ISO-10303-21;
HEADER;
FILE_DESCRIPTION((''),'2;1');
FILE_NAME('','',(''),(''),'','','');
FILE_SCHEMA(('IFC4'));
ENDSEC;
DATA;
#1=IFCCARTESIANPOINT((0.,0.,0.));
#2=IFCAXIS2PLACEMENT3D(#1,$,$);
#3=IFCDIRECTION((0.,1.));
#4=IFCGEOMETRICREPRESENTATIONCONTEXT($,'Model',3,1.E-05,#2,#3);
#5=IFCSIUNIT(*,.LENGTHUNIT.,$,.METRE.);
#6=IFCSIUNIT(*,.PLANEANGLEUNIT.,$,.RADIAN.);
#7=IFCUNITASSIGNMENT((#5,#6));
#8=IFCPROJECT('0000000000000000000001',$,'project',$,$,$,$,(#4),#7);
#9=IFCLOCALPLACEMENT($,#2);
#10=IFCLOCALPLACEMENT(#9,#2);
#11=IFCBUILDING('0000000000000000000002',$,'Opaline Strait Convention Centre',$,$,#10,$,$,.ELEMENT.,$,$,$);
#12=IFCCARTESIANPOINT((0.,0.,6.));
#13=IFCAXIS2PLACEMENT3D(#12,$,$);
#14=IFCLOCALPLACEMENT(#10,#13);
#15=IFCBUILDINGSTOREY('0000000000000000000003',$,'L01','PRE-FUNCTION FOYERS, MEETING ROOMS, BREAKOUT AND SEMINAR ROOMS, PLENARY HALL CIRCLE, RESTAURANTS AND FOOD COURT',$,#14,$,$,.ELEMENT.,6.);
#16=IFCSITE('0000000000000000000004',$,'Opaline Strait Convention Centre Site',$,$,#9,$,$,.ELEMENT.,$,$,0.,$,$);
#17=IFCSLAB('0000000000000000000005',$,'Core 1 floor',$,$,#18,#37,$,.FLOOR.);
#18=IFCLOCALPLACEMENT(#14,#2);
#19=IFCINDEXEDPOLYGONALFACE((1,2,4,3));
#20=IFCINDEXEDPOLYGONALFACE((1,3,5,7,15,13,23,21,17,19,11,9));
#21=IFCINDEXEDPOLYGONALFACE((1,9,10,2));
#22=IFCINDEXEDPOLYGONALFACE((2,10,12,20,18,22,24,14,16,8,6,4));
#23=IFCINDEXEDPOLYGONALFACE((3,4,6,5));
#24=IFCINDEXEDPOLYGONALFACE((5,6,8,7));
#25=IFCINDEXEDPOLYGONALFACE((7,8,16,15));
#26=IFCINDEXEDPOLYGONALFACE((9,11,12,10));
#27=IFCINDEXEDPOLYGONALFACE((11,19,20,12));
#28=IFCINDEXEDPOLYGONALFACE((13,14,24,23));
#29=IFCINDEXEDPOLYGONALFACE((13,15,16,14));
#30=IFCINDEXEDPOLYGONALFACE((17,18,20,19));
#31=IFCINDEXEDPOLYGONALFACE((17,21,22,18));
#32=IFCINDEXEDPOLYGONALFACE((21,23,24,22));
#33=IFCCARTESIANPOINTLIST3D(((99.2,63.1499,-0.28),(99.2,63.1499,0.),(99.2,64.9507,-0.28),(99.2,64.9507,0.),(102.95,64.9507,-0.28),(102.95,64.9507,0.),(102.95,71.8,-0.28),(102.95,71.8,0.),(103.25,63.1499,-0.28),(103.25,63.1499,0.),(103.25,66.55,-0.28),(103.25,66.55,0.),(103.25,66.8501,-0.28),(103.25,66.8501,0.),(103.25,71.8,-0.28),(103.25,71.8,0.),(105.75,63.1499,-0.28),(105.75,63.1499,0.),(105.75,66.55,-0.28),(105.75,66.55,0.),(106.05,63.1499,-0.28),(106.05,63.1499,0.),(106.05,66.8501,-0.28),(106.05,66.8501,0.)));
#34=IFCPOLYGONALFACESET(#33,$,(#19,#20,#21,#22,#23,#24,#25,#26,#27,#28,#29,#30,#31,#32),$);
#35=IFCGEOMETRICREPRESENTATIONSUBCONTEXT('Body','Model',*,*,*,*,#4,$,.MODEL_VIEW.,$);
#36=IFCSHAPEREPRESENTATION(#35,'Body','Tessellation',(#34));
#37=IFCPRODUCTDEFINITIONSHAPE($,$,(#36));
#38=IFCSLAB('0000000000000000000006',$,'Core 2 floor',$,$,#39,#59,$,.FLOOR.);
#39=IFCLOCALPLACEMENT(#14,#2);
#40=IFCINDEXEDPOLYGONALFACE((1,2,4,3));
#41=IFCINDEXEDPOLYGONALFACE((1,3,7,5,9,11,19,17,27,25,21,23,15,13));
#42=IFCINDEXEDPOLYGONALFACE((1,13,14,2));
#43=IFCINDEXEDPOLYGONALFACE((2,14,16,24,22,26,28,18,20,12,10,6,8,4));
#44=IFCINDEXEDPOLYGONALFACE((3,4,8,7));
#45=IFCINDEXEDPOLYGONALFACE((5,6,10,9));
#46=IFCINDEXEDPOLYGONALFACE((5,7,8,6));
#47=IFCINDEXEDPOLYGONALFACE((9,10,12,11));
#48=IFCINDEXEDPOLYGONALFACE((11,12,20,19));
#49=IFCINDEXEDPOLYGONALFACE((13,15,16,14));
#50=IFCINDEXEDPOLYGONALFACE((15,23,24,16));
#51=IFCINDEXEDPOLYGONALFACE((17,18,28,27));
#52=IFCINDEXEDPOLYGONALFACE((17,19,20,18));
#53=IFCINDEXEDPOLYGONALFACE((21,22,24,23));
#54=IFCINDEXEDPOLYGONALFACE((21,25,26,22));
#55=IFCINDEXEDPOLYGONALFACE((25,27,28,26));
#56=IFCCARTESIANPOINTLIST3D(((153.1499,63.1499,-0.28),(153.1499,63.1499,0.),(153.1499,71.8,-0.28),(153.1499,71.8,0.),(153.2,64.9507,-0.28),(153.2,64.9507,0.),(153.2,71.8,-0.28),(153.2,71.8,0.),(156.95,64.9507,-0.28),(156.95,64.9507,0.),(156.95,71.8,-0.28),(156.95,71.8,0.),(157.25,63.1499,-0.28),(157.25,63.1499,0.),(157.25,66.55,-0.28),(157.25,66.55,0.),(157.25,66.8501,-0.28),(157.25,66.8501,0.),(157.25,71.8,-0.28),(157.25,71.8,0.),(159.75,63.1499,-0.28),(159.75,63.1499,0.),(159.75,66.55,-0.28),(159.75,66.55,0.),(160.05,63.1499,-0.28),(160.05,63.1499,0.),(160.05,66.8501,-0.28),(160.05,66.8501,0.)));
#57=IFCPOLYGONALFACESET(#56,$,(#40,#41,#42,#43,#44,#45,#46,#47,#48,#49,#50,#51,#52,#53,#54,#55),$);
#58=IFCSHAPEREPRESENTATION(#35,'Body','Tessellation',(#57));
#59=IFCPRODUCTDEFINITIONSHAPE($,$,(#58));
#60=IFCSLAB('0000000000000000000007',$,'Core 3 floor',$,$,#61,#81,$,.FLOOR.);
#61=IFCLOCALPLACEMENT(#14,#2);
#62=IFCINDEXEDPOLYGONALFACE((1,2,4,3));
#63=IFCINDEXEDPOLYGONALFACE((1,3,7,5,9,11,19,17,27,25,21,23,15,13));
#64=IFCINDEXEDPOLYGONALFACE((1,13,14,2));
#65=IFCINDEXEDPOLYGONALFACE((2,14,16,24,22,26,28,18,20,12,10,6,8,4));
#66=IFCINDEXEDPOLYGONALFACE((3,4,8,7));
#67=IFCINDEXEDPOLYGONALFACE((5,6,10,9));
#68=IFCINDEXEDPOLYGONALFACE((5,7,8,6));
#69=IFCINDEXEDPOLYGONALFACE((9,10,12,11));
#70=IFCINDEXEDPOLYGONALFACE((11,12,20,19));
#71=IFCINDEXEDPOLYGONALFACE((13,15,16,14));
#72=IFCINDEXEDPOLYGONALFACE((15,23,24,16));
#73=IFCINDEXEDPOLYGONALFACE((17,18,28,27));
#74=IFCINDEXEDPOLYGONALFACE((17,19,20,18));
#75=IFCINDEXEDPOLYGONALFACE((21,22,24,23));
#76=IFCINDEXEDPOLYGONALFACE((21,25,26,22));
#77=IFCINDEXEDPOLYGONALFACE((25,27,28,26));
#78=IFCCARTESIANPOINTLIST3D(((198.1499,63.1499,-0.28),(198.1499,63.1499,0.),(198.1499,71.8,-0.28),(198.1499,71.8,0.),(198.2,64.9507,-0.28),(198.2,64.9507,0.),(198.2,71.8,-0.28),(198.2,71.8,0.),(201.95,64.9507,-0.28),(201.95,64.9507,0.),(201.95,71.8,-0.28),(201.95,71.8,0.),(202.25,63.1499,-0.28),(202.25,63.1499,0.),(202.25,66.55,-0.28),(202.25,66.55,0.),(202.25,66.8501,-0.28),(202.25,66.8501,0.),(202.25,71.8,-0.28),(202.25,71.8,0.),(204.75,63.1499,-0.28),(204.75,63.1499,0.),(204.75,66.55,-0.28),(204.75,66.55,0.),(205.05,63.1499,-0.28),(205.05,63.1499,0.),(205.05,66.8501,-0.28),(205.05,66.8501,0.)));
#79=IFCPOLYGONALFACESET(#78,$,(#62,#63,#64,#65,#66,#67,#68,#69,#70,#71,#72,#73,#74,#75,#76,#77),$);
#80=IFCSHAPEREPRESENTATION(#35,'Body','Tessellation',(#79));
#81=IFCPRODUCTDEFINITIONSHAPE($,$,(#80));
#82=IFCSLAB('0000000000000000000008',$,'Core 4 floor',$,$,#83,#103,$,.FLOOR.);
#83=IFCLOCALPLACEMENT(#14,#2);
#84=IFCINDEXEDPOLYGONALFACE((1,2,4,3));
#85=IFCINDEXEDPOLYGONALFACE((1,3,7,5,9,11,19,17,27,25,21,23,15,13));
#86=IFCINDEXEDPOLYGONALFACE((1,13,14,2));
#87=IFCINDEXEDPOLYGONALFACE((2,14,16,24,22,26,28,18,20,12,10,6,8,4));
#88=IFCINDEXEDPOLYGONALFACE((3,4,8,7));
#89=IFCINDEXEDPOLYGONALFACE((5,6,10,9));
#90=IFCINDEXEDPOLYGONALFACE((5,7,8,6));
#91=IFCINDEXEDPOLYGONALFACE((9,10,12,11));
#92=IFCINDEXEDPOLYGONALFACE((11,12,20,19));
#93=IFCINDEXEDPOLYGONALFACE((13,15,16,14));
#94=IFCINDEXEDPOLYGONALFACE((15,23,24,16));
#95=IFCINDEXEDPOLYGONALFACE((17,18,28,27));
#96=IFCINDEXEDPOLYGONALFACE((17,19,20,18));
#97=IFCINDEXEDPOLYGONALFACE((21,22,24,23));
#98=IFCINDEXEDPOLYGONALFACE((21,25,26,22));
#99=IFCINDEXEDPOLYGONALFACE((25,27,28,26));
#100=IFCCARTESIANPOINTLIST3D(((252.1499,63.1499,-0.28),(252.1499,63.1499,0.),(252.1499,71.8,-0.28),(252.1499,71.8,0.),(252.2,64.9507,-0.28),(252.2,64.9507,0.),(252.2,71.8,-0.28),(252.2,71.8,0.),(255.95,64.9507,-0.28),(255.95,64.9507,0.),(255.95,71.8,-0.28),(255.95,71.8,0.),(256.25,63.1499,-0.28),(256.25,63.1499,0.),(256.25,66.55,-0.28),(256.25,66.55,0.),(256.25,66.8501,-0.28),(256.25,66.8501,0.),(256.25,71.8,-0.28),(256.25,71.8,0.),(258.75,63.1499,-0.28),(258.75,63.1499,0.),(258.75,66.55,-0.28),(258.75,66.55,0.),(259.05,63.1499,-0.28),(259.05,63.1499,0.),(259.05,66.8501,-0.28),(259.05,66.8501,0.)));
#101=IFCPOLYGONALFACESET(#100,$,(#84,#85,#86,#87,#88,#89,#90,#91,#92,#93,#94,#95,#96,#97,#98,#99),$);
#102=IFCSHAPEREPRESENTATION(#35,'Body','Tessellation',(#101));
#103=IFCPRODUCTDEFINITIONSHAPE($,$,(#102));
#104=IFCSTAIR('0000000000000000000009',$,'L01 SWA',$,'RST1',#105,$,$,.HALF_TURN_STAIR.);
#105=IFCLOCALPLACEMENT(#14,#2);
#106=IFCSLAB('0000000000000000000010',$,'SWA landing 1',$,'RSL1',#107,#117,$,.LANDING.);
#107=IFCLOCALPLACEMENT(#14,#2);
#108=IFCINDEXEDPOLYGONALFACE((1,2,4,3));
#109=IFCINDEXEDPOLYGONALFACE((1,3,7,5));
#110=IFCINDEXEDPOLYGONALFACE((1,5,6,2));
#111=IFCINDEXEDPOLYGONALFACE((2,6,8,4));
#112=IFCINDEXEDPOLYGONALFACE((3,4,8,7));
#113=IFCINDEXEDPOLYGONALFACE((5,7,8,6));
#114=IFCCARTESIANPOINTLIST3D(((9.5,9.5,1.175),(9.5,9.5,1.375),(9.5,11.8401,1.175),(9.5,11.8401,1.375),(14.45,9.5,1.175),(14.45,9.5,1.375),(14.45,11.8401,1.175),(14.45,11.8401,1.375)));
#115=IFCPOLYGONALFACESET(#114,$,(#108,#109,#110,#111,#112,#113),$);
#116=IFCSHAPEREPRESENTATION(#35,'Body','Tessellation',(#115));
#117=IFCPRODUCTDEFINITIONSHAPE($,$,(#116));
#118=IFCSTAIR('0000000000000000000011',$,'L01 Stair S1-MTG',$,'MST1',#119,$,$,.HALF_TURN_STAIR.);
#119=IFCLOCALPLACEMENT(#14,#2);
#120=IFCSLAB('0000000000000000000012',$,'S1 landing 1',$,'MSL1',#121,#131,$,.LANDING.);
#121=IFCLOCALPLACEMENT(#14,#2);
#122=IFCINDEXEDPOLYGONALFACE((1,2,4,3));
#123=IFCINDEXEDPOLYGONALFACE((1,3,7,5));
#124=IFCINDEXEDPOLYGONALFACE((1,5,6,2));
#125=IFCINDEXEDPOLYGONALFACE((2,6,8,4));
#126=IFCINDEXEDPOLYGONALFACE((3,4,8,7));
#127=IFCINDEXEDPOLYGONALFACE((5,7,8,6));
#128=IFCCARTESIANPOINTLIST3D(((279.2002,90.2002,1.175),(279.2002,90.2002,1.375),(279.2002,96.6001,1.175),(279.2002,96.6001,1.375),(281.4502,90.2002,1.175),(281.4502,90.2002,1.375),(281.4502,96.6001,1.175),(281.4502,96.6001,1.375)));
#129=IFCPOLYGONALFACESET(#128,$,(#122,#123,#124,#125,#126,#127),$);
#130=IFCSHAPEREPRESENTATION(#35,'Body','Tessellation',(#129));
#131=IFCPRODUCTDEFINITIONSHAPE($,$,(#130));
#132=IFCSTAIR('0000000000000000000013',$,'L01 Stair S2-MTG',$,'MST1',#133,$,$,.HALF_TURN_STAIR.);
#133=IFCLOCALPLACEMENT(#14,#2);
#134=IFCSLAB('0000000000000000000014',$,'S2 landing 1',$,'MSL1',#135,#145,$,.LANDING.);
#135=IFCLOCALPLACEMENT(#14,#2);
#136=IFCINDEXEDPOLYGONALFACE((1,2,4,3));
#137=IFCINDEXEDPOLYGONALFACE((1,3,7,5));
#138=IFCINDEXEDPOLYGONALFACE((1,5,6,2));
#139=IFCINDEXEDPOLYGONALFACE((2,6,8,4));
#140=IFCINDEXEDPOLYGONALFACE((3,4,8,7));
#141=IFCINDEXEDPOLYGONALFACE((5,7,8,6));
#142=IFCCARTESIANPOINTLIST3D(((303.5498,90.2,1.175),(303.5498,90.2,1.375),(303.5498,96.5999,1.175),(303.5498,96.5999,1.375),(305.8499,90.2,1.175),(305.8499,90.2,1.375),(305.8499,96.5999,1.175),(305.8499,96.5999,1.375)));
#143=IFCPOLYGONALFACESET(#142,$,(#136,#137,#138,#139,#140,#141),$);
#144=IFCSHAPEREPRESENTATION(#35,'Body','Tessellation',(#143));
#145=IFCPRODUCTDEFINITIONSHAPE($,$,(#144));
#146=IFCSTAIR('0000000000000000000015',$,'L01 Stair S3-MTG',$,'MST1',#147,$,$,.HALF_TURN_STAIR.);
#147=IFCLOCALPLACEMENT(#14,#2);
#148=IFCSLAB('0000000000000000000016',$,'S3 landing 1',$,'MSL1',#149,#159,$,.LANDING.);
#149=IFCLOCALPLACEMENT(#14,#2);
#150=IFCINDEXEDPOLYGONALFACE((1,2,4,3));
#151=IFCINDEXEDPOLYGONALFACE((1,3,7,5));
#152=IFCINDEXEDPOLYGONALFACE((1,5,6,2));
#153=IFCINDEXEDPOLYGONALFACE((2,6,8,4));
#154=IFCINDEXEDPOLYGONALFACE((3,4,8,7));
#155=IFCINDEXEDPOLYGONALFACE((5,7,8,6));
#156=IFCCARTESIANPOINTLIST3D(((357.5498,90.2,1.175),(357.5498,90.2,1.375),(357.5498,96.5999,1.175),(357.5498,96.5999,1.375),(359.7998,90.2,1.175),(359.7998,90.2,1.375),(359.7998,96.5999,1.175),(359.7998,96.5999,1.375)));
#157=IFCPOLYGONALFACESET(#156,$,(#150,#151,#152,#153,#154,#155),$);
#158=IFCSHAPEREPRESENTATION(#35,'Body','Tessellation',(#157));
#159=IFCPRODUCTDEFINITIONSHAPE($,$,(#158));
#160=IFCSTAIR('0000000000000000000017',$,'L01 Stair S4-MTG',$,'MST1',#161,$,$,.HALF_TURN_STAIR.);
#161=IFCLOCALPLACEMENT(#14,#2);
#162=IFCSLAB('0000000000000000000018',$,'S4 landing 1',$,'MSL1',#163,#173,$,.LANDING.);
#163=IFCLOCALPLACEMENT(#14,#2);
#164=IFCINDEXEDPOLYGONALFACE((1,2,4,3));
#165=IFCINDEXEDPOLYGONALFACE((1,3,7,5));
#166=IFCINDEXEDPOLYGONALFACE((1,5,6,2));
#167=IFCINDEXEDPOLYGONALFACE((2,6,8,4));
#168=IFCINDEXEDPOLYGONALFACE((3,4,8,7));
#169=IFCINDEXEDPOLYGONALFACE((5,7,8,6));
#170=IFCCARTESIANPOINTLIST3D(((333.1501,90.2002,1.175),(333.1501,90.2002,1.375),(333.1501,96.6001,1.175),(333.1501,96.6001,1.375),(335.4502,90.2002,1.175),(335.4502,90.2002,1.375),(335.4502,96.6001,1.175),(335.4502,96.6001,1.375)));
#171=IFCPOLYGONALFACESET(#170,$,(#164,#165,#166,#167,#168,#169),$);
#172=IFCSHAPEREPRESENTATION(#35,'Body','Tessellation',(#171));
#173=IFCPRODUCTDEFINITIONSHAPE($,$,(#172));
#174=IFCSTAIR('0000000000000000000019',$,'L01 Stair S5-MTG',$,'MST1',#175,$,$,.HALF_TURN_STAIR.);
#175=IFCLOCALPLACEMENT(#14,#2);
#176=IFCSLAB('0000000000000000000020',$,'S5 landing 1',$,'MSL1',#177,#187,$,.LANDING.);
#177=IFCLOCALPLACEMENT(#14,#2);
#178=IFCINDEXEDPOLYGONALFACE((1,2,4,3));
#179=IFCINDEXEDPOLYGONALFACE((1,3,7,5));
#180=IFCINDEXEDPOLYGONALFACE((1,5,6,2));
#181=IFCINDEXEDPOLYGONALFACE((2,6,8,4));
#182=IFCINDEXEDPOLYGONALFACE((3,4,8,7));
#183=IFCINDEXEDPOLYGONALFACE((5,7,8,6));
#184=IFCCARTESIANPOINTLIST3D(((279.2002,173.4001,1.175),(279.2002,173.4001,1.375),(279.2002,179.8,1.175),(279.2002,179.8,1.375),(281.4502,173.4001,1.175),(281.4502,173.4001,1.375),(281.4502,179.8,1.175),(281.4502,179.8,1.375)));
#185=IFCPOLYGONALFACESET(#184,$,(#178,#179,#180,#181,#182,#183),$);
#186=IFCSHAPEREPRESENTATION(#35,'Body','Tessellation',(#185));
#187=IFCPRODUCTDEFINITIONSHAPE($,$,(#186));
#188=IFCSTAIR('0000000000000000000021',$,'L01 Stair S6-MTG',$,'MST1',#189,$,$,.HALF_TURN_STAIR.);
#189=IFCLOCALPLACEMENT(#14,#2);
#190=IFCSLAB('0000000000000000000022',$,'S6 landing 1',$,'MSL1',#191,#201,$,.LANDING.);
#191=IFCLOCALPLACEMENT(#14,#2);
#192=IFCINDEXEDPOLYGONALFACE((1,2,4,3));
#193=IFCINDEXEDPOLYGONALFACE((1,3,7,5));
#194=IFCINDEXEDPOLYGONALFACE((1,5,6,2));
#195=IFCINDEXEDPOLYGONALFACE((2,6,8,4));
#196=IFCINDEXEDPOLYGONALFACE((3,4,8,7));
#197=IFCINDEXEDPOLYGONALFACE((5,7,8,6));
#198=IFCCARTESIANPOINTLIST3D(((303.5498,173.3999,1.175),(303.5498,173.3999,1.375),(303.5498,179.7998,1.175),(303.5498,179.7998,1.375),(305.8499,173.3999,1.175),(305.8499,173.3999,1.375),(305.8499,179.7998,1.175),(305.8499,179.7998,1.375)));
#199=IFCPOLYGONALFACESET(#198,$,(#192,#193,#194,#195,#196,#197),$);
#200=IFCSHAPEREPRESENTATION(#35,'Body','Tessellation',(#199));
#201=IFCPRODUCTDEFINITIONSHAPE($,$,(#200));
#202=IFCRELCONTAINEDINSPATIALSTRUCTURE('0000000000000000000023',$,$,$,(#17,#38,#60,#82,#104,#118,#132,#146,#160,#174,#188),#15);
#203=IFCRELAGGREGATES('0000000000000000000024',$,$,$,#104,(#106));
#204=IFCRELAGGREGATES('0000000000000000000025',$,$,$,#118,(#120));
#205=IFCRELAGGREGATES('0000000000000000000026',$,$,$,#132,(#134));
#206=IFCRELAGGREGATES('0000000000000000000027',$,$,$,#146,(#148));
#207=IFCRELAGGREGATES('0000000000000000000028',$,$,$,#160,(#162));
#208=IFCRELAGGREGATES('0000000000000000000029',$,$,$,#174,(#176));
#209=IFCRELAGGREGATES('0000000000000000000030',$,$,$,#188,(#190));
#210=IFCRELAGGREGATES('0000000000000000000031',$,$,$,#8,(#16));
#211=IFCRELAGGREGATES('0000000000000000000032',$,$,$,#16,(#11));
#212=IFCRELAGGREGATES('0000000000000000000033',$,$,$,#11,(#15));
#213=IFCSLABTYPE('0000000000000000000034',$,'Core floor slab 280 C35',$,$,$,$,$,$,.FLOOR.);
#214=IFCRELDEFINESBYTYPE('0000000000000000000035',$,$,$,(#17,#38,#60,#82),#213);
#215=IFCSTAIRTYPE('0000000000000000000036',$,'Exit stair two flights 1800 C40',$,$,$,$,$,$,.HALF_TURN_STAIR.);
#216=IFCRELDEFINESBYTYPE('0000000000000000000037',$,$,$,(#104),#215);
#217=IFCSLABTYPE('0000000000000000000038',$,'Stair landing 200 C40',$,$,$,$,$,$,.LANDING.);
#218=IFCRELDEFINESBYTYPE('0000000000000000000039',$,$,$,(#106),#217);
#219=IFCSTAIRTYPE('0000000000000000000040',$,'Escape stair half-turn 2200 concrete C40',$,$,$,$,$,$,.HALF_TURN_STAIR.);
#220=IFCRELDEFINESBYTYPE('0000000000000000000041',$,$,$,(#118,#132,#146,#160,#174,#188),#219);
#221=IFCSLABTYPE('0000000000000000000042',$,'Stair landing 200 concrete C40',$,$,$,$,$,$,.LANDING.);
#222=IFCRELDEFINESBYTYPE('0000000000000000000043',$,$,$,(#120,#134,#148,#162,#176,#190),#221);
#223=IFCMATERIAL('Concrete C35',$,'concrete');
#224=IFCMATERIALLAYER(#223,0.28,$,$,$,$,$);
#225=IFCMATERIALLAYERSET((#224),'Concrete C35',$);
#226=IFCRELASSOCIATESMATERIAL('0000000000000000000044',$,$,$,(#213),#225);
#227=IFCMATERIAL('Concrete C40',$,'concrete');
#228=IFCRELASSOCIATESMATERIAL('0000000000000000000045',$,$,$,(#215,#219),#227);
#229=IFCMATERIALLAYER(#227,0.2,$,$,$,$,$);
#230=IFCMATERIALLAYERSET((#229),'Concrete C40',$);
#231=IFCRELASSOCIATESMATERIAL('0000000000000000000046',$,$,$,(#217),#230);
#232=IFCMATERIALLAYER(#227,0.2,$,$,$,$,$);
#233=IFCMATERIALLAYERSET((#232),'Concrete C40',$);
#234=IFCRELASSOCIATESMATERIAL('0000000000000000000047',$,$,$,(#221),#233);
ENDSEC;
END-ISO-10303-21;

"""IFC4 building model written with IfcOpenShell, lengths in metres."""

from ifc_helpers import new_model, si_unit, direction, frame, origin, place, context, subcontext, project, spatial, polyline, outline, extrude, material, layer, layer_set, type_object, element, aggregate, save


model = new_model("IFC4")

# Units and contexts
model_context = context("Model", 3, precision=1e-05, world=origin(), true_north=direction((0.0, 1.0)))
body_context = subcontext(model_context, "Body", "Model", "MODEL_VIEW")
ifc_project = project(units=[si_unit("LENGTHUNIT", "METRE"), si_unit("PLANEANGLEUNIT", "RADIAN")], contexts=[model_context])

# Site, building, storey
site_placement = place(None, origin())
site = spatial("IfcSite", under=ifc_project, at=site_placement, Name="Opaline Strait Convention Centre Site", CompositionType="ELEMENT", RefElevation=0.0)
building_placement = place(site_placement, origin())
building = spatial("IfcBuilding", under=site, at=building_placement, Name="Opaline Strait Convention Centre", CompositionType="ELEMENT")
storey_placement = place(building_placement, frame((0.0, 0.0, 6.0)))
storey = spatial("IfcBuildingStorey", under=building, at=storey_placement, Name="L01", Description="PRE-FUNCTION FOYERS, MEETING ROOMS, BREAKOUT AND SEMINAR ROOMS, PLENARY HALL CIRCLE, RESTAURANTS AND FOOD COURT", CompositionType="ELEMENT", Elevation=6.0)

# Slabs
ifc_material_1 = material(Name="Concrete C35", Category="concrete")
ifc_layer_1 = layer(ifc_material_1, 0.28)
ifc_layer_set_1 = layer_set([ifc_layer_1], Name="Concrete C35")
slab_type_1 = type_object("IfcSlabType", Name="Core floor slab 280 C35", PredefinedType="FLOOR", material=ifc_layer_set_1)
slab_1_placement = place(storey_placement, frame((0.0, 0.0, -0.28)))
element("IfcSlab", 1, at=slab_1_placement, inside=storey, type_object=slab_type_1, Name="Core 1 floor", PredefinedType="FLOOR", context=body_context, shape_type="SweptSolid", body=[
    extrude(outline(polyline([(105.75, 63.1499), (105.75, 66.55), (103.25, 66.55), (103.25, 63.1499), (99.2, 63.1499), (99.2, 64.9507), (102.95, 64.9507), (102.95, 71.8), (103.25, 71.8), (103.25, 66.8501), (106.05, 66.8501), (106.05, 63.1499), (105.75, 63.1499)])), origin(), (0.0, 0.0, 1.0), 0.28),
])
slab_2_placement = place(storey_placement, frame((0.0, 0.0, -0.28)))
element("IfcSlab", 2, at=slab_2_placement, inside=storey, type_object=slab_type_1, Name="Core 2 floor", PredefinedType="FLOOR", context=body_context, shape_type="SweptSolid", body=[
    extrude(outline(polyline([(159.75, 63.1499), (159.75, 66.55), (157.25, 66.55), (157.25, 63.1499), (153.1499, 63.1499), (153.1499, 71.8), (153.2, 71.8), (153.2, 64.9507), (156.95, 64.9507), (156.95, 71.8), (157.25, 71.8), (157.25, 66.8501), (160.05, 66.8501), (160.05, 63.1499), (159.75, 63.1499)])), origin(), (0.0, 0.0, 1.0), 0.28),
])
slab_3_placement = place(storey_placement, frame((0.0, 0.0, -0.28)))
element("IfcSlab", 3, at=slab_3_placement, inside=storey, type_object=slab_type_1, Name="Core 3 floor", PredefinedType="FLOOR", context=body_context, shape_type="SweptSolid", body=[
    extrude(outline(polyline([(204.75, 63.1499), (204.75, 66.55), (202.25, 66.55), (202.25, 63.1499), (198.1499, 63.1499), (198.1499, 71.8), (198.2, 71.8), (198.2, 64.9507), (201.95, 64.9507), (201.95, 71.8), (202.25, 71.8), (202.25, 66.8501), (205.05, 66.8501), (205.05, 63.1499), (204.75, 63.1499)])), origin(), (0.0, 0.0, 1.0), 0.28),
])
slab_4_placement = place(storey_placement, frame((0.0, 0.0, -0.28)))
element("IfcSlab", 4, at=slab_4_placement, inside=storey, type_object=slab_type_1, Name="Core 4 floor", PredefinedType="FLOOR", context=body_context, shape_type="SweptSolid", body=[
    extrude(outline(polyline([(258.75, 63.1499), (258.75, 66.55), (256.25, 66.55), (256.25, 63.1499), (252.1499, 63.1499), (252.1499, 71.8), (252.2, 71.8), (252.2, 64.9507), (255.95, 64.9507), (255.95, 71.8), (256.25, 71.8), (256.25, 66.8501), (259.05, 66.8501), (259.05, 63.1499), (258.75, 63.1499)])), origin(), (0.0, 0.0, 1.0), 0.28),
])

# Stairs, slabs
ifc_material_2 = material(Name="Concrete C40", Category="concrete")
stair_type_1 = type_object("IfcStairType", Name="Exit stair two flights 1800 C40", PredefinedType="HALF_TURN_STAIR", material=ifc_material_2)
stair_1_placement = place(storey_placement, origin())
stair_1 = element("IfcStair", 5, at=stair_1_placement, inside=storey, type_object=stair_type_1, Name="L01 SWA", ObjectType="RST1", PredefinedType="HALF_TURN_STAIR")
ifc_layer_2 = layer(ifc_material_2, 0.2)
ifc_layer_set_2 = layer_set([ifc_layer_2], Name="Concrete C40")
slab_type_2 = type_object("IfcSlabType", Name="Stair landing 200 C40", PredefinedType="LANDING", material=ifc_layer_set_2)
slab_5_placement = place(storey_placement, frame((0.0, 0.0, 1.175)))
slab_5 = element("IfcSlab", 6, at=slab_5_placement, type_object=slab_type_2, Name="SWA landing 1", ObjectType="RSL1", PredefinedType="LANDING", context=body_context, shape_type="SweptSolid", body=[
    extrude(outline(polyline([(9.5, 11.8401), (9.5, 9.5), (14.45, 9.5), (14.45, 11.8401), (9.5, 11.8401)])), origin(), (0.0, 0.0, 1.0), 0.2),
])
aggregate(stair_1, [slab_5])
stair_type_2 = type_object("IfcStairType", Name="Escape stair half-turn 2200 concrete C40", PredefinedType="HALF_TURN_STAIR", material=ifc_material_2)
stair_2_placement = place(storey_placement, origin())
stair_2 = element("IfcStair", 7, at=stair_2_placement, inside=storey, type_object=stair_type_2, Name="L01 Stair S1-MTG", ObjectType="MST1", PredefinedType="HALF_TURN_STAIR")
ifc_layer_3 = layer(ifc_material_2, 0.2)
ifc_layer_set_3 = layer_set([ifc_layer_3], Name="Concrete C40")
slab_type_3 = type_object("IfcSlabType", Name="Stair landing 200 concrete C40", PredefinedType="LANDING", material=ifc_layer_set_3)
slab_6_placement = place(storey_placement, frame((0.0, 0.0, 1.175)))
slab_6 = element("IfcSlab", 8, at=slab_6_placement, type_object=slab_type_3, Name="S1 landing 1", ObjectType="MSL1", PredefinedType="LANDING", context=body_context, shape_type="SweptSolid", body=[
    extrude(outline(polyline([(281.4502, 96.6001), (279.2002, 96.6001), (279.2002, 90.2002), (281.4502, 90.2002), (281.4502, 96.6001)])), origin(), (0.0, 0.0, 1.0), 0.2),
])
aggregate(stair_2, [slab_6])
stair_3_placement = place(storey_placement, origin())
stair_3 = element("IfcStair", 9, at=stair_3_placement, inside=storey, type_object=stair_type_2, Name="L01 Stair S2-MTG", ObjectType="MST1", PredefinedType="HALF_TURN_STAIR")
slab_7_placement = place(storey_placement, frame((0.0, 0.0, 1.175)))
slab_7 = element("IfcSlab", 10, at=slab_7_placement, type_object=slab_type_3, Name="S2 landing 1", ObjectType="MSL1", PredefinedType="LANDING", context=body_context, shape_type="SweptSolid", body=[
    extrude(outline(polyline([(303.5498, 90.2), (305.8499, 90.2), (305.8499, 96.5999), (303.5498, 96.5999), (303.5498, 90.2)])), origin(), (0.0, 0.0, 1.0), 0.2),
])
aggregate(stair_3, [slab_7])
stair_4_placement = place(storey_placement, origin())
stair_4 = element("IfcStair", 11, at=stair_4_placement, inside=storey, type_object=stair_type_2, Name="L01 Stair S3-MTG", ObjectType="MST1", PredefinedType="HALF_TURN_STAIR")
slab_8_placement = place(storey_placement, frame((0.0, 0.0, 1.175)))
slab_8 = element("IfcSlab", 12, at=slab_8_placement, type_object=slab_type_3, Name="S3 landing 1", ObjectType="MSL1", PredefinedType="LANDING", context=body_context, shape_type="SweptSolid", body=[
    extrude(outline(polyline([(357.5498, 90.2), (359.7998, 90.2), (359.7998, 96.5999), (357.5498, 96.5999), (357.5498, 90.2)])), origin(), (0.0, 0.0, 1.0), 0.2),
])
aggregate(stair_4, [slab_8])
stair_5_placement = place(storey_placement, origin())
stair_5 = element("IfcStair", 13, at=stair_5_placement, inside=storey, type_object=stair_type_2, Name="L01 Stair S4-MTG", ObjectType="MST1", PredefinedType="HALF_TURN_STAIR")
slab_9_placement = place(storey_placement, frame((0.0, 0.0, 1.175)))
slab_9 = element("IfcSlab", 14, at=slab_9_placement, type_object=slab_type_3, Name="S4 landing 1", ObjectType="MSL1", PredefinedType="LANDING", context=body_context, shape_type="SweptSolid", body=[
    extrude(outline(polyline([(335.4502, 96.6001), (333.1501, 96.6001), (333.1501, 90.2002), (335.4502, 90.2002), (335.4502, 96.6001)])), origin(), (0.0, 0.0, 1.0), 0.2),
])
aggregate(stair_5, [slab_9])
stair_6_placement = place(storey_placement, origin())
stair_6 = element("IfcStair", 15, at=stair_6_placement, inside=storey, type_object=stair_type_2, Name="L01 Stair S5-MTG", ObjectType="MST1", PredefinedType="HALF_TURN_STAIR")
slab_10_placement = place(storey_placement, frame((0.0, 0.0, 1.175)))
slab_10 = element("IfcSlab", 16, at=slab_10_placement, type_object=slab_type_3, Name="S5 landing 1", ObjectType="MSL1", PredefinedType="LANDING", context=body_context, shape_type="SweptSolid", body=[
    extrude(outline(polyline([(281.4502, 179.8), (279.2002, 179.8), (279.2002, 173.4001), (281.4502, 173.4001), (281.4502, 179.8)])), origin(), (0.0, 0.0, 1.0), 0.2),
])
aggregate(stair_6, [slab_10])
stair_7_placement = place(storey_placement, origin())
stair_7 = element("IfcStair", 17, at=stair_7_placement, inside=storey, type_object=stair_type_2, Name="L01 Stair S6-MTG", ObjectType="MST1", PredefinedType="HALF_TURN_STAIR")
slab_11_placement = place(storey_placement, frame((0.0, 0.0, 1.175)))
slab_11 = element("IfcSlab", 18, at=slab_11_placement, type_object=slab_type_3, Name="S6 landing 1", ObjectType="MSL1", PredefinedType="LANDING", context=body_context, shape_type="SweptSolid", body=[
    extrude(outline(polyline([(303.5498, 173.3999), (305.8499, 173.3999), (305.8499, 179.7998), (303.5498, 179.7998), (303.5498, 173.3999)])), origin(), (0.0, 0.0, 1.0), 0.2),
])
aggregate(stair_7, [slab_11])

save(model, "model.ifc")
